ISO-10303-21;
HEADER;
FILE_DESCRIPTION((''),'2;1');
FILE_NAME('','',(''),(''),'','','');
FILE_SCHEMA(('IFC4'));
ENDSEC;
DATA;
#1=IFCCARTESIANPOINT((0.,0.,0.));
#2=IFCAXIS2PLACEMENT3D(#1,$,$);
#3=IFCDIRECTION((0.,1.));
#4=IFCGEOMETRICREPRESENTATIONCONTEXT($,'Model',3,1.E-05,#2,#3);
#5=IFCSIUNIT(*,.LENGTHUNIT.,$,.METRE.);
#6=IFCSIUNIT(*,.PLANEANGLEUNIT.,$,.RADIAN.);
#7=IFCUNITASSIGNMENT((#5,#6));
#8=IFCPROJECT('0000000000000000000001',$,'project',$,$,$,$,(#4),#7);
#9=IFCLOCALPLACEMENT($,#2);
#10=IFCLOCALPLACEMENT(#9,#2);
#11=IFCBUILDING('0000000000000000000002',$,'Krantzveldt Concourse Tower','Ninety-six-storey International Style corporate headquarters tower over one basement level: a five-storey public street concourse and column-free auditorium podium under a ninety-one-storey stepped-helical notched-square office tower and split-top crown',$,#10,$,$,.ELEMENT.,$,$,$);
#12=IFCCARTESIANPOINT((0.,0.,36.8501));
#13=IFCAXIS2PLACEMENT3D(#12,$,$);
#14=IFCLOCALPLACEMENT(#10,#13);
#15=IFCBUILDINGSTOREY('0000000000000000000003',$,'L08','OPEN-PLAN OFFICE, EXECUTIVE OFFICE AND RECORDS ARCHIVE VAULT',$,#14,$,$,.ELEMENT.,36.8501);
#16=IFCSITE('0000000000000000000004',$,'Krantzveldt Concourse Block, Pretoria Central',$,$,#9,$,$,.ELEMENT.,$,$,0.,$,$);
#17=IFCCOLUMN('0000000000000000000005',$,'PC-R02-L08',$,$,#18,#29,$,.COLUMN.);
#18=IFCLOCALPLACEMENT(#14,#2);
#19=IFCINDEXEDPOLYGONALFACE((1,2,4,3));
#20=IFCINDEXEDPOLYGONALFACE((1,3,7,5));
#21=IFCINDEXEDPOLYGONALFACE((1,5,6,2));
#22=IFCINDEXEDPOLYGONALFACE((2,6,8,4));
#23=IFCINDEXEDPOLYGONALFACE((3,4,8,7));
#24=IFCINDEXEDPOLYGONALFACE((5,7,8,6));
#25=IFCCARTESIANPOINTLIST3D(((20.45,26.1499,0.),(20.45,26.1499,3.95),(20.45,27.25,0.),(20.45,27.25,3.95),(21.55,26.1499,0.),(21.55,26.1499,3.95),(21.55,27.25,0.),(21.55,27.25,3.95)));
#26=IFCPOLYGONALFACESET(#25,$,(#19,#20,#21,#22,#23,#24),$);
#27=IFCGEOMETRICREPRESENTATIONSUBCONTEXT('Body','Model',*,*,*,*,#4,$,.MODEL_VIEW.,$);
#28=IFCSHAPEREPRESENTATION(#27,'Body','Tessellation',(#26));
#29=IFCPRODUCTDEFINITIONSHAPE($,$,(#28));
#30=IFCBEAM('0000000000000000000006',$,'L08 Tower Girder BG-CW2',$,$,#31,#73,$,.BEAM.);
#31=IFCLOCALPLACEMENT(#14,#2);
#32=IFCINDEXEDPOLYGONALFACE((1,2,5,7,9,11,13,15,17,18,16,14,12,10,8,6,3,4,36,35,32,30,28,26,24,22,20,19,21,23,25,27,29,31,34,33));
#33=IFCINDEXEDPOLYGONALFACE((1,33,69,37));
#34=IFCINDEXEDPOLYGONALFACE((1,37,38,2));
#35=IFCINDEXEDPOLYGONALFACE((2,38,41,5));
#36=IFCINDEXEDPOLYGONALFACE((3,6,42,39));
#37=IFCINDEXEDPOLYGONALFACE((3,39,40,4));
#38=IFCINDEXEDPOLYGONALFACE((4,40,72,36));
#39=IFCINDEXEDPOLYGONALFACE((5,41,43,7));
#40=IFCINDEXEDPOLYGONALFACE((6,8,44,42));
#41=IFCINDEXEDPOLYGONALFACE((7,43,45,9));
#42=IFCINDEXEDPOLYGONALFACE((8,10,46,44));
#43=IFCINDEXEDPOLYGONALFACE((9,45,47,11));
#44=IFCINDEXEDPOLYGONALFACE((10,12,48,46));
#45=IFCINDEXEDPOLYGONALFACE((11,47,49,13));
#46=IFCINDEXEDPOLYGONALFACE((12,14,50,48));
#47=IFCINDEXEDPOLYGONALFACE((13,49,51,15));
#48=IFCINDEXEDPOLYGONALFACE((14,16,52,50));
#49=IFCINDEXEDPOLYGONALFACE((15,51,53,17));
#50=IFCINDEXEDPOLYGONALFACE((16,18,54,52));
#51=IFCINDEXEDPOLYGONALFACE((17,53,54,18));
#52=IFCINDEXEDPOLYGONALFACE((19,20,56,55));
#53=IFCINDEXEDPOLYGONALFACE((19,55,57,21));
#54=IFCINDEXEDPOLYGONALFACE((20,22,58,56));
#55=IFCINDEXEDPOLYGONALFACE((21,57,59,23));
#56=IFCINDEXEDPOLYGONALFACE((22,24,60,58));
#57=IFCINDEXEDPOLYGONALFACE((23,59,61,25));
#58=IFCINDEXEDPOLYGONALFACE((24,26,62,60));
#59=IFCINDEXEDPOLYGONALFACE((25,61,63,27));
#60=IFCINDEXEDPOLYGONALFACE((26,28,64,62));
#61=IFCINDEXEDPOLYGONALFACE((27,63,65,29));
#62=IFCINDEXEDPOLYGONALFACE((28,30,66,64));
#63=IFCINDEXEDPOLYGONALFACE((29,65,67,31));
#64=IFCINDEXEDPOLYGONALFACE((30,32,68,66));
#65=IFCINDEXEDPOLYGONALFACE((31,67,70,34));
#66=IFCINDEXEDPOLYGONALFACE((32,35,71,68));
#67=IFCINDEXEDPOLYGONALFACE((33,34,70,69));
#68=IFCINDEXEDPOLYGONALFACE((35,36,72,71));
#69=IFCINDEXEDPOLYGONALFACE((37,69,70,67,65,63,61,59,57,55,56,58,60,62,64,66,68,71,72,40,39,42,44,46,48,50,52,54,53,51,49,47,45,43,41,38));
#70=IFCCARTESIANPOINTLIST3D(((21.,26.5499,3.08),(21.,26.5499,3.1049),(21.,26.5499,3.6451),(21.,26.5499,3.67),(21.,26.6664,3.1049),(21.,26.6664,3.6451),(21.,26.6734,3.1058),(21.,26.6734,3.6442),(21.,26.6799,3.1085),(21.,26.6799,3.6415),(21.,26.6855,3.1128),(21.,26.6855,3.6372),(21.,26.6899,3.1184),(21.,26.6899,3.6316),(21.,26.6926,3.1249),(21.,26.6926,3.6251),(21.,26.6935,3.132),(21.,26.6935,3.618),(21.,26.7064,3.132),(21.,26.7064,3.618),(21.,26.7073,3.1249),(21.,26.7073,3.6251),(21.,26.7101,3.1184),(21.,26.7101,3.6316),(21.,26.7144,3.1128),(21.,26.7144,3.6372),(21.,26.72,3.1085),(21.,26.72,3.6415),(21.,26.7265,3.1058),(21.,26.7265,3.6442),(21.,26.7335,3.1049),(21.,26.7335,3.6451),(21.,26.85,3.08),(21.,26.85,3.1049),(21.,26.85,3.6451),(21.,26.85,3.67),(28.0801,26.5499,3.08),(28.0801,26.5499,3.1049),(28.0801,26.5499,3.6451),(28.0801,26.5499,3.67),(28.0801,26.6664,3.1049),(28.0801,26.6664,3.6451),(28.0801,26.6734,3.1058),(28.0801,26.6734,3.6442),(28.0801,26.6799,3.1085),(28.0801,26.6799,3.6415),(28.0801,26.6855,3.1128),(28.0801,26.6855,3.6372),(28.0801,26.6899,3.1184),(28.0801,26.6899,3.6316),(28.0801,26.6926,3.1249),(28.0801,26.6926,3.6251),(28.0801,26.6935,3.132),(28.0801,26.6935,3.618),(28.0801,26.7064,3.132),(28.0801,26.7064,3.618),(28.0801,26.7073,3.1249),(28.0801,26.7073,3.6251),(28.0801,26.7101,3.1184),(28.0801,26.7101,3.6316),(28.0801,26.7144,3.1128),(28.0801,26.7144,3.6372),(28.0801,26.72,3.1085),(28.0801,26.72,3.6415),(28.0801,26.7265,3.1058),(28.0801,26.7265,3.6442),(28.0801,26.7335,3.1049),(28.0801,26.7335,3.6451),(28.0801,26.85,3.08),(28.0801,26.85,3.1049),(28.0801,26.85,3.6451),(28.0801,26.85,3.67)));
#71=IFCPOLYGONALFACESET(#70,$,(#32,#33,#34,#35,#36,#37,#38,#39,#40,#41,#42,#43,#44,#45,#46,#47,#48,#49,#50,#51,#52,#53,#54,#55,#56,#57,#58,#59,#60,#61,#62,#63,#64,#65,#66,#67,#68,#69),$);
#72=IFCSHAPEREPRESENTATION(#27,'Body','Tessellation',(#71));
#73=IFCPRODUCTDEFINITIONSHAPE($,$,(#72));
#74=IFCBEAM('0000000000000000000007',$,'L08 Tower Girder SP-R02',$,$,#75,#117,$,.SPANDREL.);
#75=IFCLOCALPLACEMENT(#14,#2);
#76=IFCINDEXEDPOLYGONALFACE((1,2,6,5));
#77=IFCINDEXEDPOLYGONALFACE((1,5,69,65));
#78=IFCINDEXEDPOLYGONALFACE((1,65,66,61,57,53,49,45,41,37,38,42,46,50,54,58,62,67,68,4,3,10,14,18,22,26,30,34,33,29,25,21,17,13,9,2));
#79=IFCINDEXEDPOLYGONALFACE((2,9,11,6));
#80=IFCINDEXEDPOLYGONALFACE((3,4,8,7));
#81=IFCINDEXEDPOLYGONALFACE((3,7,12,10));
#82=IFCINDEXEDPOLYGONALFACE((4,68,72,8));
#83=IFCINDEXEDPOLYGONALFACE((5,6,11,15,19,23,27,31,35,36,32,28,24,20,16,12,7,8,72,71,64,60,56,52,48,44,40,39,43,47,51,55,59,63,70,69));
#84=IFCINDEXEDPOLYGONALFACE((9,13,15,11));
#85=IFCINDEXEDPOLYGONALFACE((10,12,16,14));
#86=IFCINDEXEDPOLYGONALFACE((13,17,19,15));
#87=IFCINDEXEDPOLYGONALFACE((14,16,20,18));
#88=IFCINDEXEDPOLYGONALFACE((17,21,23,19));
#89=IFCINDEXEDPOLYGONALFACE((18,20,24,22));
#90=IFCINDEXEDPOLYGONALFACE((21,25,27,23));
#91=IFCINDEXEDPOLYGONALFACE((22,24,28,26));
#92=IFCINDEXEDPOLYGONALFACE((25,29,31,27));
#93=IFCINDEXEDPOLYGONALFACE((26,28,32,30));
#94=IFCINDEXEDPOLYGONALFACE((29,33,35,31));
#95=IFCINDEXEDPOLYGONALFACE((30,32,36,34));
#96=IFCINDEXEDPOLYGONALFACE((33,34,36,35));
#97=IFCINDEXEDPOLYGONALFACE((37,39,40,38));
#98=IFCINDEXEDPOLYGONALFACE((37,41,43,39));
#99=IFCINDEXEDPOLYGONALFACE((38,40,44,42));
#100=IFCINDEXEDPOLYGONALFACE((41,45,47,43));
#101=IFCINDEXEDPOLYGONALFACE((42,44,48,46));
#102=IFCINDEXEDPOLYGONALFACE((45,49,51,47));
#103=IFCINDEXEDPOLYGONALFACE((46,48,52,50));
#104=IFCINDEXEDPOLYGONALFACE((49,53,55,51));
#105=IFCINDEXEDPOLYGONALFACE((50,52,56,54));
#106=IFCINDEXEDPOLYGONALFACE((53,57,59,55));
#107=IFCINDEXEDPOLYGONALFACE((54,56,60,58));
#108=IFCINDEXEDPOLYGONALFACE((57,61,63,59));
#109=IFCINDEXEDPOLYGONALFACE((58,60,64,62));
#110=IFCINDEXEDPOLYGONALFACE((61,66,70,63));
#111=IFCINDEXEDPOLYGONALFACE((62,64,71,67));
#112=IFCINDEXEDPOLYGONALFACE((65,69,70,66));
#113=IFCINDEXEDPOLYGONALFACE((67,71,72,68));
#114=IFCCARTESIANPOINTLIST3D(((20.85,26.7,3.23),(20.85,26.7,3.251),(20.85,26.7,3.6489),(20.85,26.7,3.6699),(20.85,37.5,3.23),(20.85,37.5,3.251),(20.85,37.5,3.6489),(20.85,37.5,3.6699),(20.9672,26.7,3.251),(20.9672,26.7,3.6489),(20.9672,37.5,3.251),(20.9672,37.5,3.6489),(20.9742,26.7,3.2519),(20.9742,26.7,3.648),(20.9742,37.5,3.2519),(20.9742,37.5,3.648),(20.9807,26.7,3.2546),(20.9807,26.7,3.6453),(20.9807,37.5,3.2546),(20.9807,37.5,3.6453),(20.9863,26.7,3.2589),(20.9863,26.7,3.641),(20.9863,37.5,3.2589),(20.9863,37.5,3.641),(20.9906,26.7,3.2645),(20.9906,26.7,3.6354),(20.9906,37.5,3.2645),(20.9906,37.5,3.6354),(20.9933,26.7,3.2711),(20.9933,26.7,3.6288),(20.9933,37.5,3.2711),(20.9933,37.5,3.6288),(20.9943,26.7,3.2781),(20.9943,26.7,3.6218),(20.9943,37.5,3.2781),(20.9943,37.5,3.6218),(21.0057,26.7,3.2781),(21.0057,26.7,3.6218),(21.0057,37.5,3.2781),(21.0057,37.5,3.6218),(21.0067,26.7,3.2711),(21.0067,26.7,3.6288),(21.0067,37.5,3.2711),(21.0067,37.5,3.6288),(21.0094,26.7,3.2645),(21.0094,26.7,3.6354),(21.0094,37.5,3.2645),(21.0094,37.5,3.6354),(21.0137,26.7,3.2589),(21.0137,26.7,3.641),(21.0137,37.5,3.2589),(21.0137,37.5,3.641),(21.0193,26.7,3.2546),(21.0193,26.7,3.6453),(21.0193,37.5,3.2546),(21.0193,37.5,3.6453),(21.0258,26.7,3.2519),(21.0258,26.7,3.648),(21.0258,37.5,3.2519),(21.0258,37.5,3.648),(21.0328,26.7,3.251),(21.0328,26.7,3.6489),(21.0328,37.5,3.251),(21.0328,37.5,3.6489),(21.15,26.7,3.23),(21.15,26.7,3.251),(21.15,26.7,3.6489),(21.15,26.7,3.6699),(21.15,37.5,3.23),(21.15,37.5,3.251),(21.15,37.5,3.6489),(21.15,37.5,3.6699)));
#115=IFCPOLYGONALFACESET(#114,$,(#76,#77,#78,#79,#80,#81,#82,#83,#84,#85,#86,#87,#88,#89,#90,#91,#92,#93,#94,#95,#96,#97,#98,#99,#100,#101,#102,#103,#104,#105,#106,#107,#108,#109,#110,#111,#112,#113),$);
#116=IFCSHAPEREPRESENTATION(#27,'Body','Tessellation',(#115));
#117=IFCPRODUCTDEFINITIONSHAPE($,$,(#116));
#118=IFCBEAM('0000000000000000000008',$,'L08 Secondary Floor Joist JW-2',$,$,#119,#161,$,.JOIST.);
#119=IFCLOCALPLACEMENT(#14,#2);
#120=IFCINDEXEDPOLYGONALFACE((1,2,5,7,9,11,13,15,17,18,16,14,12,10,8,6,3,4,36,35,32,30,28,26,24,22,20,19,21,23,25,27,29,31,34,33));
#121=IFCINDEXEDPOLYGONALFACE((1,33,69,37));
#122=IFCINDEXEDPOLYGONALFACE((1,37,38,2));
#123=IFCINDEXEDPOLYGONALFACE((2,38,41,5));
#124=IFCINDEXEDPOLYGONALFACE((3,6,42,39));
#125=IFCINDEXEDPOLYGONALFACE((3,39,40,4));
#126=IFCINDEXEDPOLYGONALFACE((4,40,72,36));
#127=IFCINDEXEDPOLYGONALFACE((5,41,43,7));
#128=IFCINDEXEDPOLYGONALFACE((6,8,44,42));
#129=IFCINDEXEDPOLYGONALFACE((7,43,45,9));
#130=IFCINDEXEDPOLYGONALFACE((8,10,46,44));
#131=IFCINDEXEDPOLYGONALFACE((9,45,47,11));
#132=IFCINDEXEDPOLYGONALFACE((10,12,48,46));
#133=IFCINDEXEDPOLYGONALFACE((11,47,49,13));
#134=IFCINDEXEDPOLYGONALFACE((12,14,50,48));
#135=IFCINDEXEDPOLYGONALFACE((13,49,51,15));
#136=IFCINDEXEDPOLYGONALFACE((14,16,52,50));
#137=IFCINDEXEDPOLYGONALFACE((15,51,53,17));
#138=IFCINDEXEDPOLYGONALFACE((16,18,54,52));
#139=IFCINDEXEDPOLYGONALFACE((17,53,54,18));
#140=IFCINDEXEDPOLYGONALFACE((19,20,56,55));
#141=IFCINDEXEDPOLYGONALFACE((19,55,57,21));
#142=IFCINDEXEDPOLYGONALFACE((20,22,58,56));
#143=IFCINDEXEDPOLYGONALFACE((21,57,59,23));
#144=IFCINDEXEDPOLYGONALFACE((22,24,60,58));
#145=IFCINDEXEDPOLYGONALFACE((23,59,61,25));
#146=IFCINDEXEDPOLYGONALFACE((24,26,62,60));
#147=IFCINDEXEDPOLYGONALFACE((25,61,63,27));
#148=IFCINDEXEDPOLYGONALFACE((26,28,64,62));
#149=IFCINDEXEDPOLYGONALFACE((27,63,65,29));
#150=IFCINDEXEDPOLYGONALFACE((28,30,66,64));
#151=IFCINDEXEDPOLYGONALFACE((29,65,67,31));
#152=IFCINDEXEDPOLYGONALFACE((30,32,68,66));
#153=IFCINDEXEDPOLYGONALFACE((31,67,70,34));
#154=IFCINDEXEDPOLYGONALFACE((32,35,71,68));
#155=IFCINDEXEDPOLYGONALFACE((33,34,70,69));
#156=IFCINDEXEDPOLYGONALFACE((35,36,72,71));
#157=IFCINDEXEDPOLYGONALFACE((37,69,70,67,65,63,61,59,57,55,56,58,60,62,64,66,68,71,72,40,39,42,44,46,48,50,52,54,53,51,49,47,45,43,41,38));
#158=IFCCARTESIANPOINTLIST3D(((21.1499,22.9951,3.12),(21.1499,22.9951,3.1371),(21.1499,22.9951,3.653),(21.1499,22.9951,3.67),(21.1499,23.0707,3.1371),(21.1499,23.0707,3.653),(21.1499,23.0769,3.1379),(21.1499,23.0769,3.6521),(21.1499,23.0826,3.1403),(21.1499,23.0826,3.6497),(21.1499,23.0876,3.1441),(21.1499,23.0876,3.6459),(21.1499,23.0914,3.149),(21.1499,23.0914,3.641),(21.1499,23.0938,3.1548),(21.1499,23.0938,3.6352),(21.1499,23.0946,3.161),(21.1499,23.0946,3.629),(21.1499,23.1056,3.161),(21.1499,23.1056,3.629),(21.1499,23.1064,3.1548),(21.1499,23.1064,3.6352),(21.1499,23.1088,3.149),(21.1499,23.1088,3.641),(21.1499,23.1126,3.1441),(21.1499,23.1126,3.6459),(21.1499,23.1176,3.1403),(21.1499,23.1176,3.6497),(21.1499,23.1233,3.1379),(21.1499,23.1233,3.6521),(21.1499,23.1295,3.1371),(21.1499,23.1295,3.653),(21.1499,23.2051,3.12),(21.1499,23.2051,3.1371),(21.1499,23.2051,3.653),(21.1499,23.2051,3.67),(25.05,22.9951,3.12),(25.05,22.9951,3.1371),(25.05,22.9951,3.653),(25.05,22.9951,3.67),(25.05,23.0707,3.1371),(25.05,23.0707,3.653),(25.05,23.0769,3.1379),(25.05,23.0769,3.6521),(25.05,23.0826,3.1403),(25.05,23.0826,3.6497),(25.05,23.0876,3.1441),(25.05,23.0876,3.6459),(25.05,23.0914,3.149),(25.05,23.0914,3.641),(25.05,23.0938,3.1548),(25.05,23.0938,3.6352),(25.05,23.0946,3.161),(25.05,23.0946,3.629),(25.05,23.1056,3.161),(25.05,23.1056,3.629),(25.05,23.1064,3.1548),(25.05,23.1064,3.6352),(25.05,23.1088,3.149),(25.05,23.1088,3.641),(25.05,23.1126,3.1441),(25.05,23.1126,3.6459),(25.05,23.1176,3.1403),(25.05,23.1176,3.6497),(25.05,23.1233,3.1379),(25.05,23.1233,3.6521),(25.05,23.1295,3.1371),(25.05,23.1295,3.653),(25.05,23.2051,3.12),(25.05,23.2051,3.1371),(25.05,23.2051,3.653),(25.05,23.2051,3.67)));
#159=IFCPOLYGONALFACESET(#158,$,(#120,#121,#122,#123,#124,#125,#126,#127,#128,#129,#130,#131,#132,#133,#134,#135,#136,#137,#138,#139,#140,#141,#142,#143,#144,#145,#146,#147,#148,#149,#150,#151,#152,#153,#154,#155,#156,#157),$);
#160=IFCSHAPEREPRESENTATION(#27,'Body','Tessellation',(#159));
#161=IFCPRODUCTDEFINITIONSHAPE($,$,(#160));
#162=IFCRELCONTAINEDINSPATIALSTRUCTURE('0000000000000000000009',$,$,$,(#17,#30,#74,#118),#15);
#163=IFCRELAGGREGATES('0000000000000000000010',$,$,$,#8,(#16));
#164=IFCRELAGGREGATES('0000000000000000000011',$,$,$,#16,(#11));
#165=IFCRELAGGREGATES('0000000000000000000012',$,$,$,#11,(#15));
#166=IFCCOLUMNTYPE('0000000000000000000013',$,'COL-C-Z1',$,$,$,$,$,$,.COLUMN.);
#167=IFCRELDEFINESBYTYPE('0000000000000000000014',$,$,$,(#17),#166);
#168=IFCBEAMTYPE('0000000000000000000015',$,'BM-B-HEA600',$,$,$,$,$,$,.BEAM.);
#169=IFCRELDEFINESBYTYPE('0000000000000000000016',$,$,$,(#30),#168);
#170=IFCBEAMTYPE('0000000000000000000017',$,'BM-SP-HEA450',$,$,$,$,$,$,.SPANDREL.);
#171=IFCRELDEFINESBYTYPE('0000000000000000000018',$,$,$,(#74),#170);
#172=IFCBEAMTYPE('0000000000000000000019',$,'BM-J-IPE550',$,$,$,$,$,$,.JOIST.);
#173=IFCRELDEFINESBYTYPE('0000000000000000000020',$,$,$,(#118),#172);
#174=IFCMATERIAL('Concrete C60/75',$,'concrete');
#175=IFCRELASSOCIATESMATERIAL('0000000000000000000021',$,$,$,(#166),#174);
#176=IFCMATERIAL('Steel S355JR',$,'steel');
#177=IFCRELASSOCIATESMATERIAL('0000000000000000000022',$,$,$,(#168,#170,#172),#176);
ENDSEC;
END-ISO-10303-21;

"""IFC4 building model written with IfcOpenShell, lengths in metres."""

from ifc_helpers import new_model, si_unit, direction, frame, origin, origin_2d, place, context, subcontext, project, spatial, rectangle, i_section, extrude, source, transform, mapped, material, material_profile, profile_set, type_object, type_shapes, element, save


model = new_model("IFC4")

# Units and contexts
model_context = context("Model", 3, precision=1e-05, world=origin(), true_north=direction((0.0, 1.0)))
body_context = subcontext(model_context, "Body", "Model", "MODEL_VIEW")
ifc_project = project(units=[si_unit("LENGTHUNIT", "METRE"), si_unit("PLANEANGLEUNIT", "RADIAN")], contexts=[model_context])

# Site, building, storey
site_placement = place(None, origin())
site = spatial("IfcSite", under=ifc_project, at=site_placement, Name="Krantzveldt Concourse Block, Pretoria Central", CompositionType="ELEMENT", RefElevation=0.0)
building_placement = place(site_placement, origin())
building = spatial("IfcBuilding", under=site, at=building_placement, Name="Krantzveldt Concourse Tower", Description="Ninety-six-storey International Style corporate headquarters tower over one basement level: a five-storey public street concourse and column-free auditorium podium under a ninety-one-storey stepped-helical notched-square office tower and split-top crown", CompositionType="ELEMENT")
storey_placement = place(building_placement, frame((0.0, 0.0, 36.8501)))
storey = spatial("IfcBuildingStorey", under=building, at=storey_placement, Name="L08", Description="OPEN-PLAN OFFICE, EXECUTIVE OFFICE AND RECORDS ARCHIVE VAULT", CompositionType="ELEMENT", Elevation=36.8501)

# Column
ifc_material_1 = material(Name="Concrete C60/75", Category="concrete")
ifc_material_profile_1 = material_profile(ifc_material_1, rectangle(XDim=1.1001, YDim=1.1001, at=origin_2d()), Name="Concrete C60/75", Category="concrete")
ifc_profile_set_1 = profile_set([ifc_material_profile_1], Name="Concrete C60/75 - RC 1100x1100")
column_type = type_object("IfcColumnType", Name="COL-C-Z1", PredefinedType="COLUMN", material=ifc_profile_set_1)
shared_shape_1 = source(origin(), body_context, "Body", "SweptSolid", [
    extrude(rectangle(XDim=1.1001, YDim=1.1001, at=origin_2d()), origin(), (0.0, 0.0, 1.0), 3.95),
])
type_shapes(column_type, [shared_shape_1])
column_placement = place(storey_placement, frame((21.0, 26.7, 0.0), z_axis=(0.0, 0.0, 1.0), x_axis=(1.0, 0.0, 0.0)))
element("IfcColumn", 1, at=column_placement, inside=storey, type_object=column_type, Name="PC-R02-L08", PredefinedType="COLUMN", context=body_context, shape_type="MappedRepresentation", body=[
    mapped(shared_shape_1, transform((0.0, 0.0, 0.0), x_axis=(1.0, 0.0, 0.0), y_axis=(0.0, 1.0, 0.0), z_axis=(0.0, 0.0, 1.0), scale=1.0)),
])

# Beams
ifc_material_2 = material(Name="Steel S355JR", Category="steel")
ifc_material_profile_2 = material_profile(ifc_material_2, i_section(OverallWidth=0.3, OverallDepth=0.5901, WebThickness=0.0129, FlangeThickness=0.0249, FilletRadius=0.0271, at=origin_2d()), Name="Steel S355JR", Category="steel")
ifc_profile_set_2 = profile_set([ifc_material_profile_2], Name="Steel S355JR - HEA 600")
beam_type_1 = type_object("IfcBeamType", Name="BM-B-HEA600", PredefinedType="BEAM", material=ifc_profile_set_2)
shared_shape_2 = source(origin(), body_context, "Body", "SweptSolid", [
    extrude(i_section(OverallWidth=0.3, OverallDepth=0.5901, WebThickness=0.0129, FlangeThickness=0.0249, FilletRadius=0.0271, at=origin_2d()), origin(), (0.0, 0.0, 1.0), 7.0801),
])
type_shapes(beam_type_1, [shared_shape_2])
beam_1_placement = place(storey_placement, frame((21.0, 26.7, 3.375), z_axis=(1.0, 0.0, 0.0), x_axis=(0.0, 1.0, 0.0)))
element("IfcBeam", 2, at=beam_1_placement, inside=storey, type_object=beam_type_1, Name="L08 Tower Girder BG-CW2", PredefinedType="BEAM", context=body_context, shape_type="MappedRepresentation", body=[
    mapped(shared_shape_2, transform((0.0, 0.0, 0.0), x_axis=(1.0, 0.0, 0.0), y_axis=(0.0, 1.0, 0.0), z_axis=(0.0, 0.0, 1.0), scale=1.0)),
])
ifc_material_profile_3 = material_profile(ifc_material_2, i_section(OverallWidth=0.3, OverallDepth=0.4399, WebThickness=0.0115, FlangeThickness=0.021, FilletRadius=0.0271, at=origin_2d()), Name="Steel S355JR", Category="steel")
ifc_profile_set_3 = profile_set([ifc_material_profile_3], Name="Steel S355JR - HEA 450")
beam_type_2 = type_object("IfcBeamType", Name="BM-SP-HEA450", PredefinedType="SPANDREL", material=ifc_profile_set_3)
shared_shape_3 = source(origin(), body_context, "Body", "SweptSolid", [
    extrude(i_section(OverallWidth=0.3, OverallDepth=0.4399, WebThickness=0.0115, FlangeThickness=0.021, FilletRadius=0.0271, at=origin_2d()), origin(), (0.0, 0.0, 1.0), 10.8),
])
type_shapes(beam_type_2, [shared_shape_3])
beam_2_placement = place(storey_placement, frame((21.0, 26.7, 3.45), z_axis=(0.0, 1.0, 0.0), x_axis=(-1.0, 0.0, 0.0)))
element("IfcBeam", 3, at=beam_2_placement, inside=storey, type_object=beam_type_2, Name="L08 Tower Girder SP-R02", PredefinedType="SPANDREL", context=body_context, shape_type="MappedRepresentation", body=[
    mapped(shared_shape_3, transform((0.0, 0.0, 0.0), x_axis=(1.0, 0.0, 0.0), y_axis=(0.0, 1.0, 0.0), z_axis=(0.0, 0.0, 1.0), scale=1.0)),
])
ifc_material_profile_4 = material_profile(ifc_material_2, i_section(OverallWidth=0.21, OverallDepth=0.55, WebThickness=0.011, FlangeThickness=0.0171, FilletRadius=0.0239, at=origin_2d()), Name="Steel S355JR", Category="steel")
ifc_profile_set_4 = profile_set([ifc_material_profile_4], Name="Steel S355JR - IPE 550")
beam_type_3 = type_object("IfcBeamType", Name="BM-J-IPE550", PredefinedType="JOIST", material=ifc_profile_set_4)
shared_shape_4 = source(origin(), body_context, "Body", "SweptSolid", [
    extrude(i_section(OverallWidth=0.21, OverallDepth=0.55, WebThickness=0.011, FlangeThickness=0.0171, FilletRadius=0.0239, at=origin_2d()), origin(), (0.0, 0.0, 1.0), 3.9001),
])
type_shapes(beam_type_3, [shared_shape_4])
for number, where, z_axis, x_axis, name in (
    (4, (21.1499, 23.1001, 3.395), (1.0, 0.0, 0.0), (0.0, 1.0, 0.0), "L08 Secondary Floor Joist JW-2"),
):
    element("IfcBeam", number, at=place(storey_placement, frame(where, z_axis=z_axis, x_axis=x_axis)), inside=storey, type_object=beam_type_3, Name=name, PredefinedType="JOIST", context=body_context, shape_type="MappedRepresentation", body=[
        mapped(shared_shape_4, transform((0.0, 0.0, 0.0), x_axis=(1.0, 0.0, 0.0), y_axis=(0.0, 1.0, 0.0), z_axis=(0.0, 0.0, 1.0), scale=1.0)),
    ])

save(model, "model.ifc")
